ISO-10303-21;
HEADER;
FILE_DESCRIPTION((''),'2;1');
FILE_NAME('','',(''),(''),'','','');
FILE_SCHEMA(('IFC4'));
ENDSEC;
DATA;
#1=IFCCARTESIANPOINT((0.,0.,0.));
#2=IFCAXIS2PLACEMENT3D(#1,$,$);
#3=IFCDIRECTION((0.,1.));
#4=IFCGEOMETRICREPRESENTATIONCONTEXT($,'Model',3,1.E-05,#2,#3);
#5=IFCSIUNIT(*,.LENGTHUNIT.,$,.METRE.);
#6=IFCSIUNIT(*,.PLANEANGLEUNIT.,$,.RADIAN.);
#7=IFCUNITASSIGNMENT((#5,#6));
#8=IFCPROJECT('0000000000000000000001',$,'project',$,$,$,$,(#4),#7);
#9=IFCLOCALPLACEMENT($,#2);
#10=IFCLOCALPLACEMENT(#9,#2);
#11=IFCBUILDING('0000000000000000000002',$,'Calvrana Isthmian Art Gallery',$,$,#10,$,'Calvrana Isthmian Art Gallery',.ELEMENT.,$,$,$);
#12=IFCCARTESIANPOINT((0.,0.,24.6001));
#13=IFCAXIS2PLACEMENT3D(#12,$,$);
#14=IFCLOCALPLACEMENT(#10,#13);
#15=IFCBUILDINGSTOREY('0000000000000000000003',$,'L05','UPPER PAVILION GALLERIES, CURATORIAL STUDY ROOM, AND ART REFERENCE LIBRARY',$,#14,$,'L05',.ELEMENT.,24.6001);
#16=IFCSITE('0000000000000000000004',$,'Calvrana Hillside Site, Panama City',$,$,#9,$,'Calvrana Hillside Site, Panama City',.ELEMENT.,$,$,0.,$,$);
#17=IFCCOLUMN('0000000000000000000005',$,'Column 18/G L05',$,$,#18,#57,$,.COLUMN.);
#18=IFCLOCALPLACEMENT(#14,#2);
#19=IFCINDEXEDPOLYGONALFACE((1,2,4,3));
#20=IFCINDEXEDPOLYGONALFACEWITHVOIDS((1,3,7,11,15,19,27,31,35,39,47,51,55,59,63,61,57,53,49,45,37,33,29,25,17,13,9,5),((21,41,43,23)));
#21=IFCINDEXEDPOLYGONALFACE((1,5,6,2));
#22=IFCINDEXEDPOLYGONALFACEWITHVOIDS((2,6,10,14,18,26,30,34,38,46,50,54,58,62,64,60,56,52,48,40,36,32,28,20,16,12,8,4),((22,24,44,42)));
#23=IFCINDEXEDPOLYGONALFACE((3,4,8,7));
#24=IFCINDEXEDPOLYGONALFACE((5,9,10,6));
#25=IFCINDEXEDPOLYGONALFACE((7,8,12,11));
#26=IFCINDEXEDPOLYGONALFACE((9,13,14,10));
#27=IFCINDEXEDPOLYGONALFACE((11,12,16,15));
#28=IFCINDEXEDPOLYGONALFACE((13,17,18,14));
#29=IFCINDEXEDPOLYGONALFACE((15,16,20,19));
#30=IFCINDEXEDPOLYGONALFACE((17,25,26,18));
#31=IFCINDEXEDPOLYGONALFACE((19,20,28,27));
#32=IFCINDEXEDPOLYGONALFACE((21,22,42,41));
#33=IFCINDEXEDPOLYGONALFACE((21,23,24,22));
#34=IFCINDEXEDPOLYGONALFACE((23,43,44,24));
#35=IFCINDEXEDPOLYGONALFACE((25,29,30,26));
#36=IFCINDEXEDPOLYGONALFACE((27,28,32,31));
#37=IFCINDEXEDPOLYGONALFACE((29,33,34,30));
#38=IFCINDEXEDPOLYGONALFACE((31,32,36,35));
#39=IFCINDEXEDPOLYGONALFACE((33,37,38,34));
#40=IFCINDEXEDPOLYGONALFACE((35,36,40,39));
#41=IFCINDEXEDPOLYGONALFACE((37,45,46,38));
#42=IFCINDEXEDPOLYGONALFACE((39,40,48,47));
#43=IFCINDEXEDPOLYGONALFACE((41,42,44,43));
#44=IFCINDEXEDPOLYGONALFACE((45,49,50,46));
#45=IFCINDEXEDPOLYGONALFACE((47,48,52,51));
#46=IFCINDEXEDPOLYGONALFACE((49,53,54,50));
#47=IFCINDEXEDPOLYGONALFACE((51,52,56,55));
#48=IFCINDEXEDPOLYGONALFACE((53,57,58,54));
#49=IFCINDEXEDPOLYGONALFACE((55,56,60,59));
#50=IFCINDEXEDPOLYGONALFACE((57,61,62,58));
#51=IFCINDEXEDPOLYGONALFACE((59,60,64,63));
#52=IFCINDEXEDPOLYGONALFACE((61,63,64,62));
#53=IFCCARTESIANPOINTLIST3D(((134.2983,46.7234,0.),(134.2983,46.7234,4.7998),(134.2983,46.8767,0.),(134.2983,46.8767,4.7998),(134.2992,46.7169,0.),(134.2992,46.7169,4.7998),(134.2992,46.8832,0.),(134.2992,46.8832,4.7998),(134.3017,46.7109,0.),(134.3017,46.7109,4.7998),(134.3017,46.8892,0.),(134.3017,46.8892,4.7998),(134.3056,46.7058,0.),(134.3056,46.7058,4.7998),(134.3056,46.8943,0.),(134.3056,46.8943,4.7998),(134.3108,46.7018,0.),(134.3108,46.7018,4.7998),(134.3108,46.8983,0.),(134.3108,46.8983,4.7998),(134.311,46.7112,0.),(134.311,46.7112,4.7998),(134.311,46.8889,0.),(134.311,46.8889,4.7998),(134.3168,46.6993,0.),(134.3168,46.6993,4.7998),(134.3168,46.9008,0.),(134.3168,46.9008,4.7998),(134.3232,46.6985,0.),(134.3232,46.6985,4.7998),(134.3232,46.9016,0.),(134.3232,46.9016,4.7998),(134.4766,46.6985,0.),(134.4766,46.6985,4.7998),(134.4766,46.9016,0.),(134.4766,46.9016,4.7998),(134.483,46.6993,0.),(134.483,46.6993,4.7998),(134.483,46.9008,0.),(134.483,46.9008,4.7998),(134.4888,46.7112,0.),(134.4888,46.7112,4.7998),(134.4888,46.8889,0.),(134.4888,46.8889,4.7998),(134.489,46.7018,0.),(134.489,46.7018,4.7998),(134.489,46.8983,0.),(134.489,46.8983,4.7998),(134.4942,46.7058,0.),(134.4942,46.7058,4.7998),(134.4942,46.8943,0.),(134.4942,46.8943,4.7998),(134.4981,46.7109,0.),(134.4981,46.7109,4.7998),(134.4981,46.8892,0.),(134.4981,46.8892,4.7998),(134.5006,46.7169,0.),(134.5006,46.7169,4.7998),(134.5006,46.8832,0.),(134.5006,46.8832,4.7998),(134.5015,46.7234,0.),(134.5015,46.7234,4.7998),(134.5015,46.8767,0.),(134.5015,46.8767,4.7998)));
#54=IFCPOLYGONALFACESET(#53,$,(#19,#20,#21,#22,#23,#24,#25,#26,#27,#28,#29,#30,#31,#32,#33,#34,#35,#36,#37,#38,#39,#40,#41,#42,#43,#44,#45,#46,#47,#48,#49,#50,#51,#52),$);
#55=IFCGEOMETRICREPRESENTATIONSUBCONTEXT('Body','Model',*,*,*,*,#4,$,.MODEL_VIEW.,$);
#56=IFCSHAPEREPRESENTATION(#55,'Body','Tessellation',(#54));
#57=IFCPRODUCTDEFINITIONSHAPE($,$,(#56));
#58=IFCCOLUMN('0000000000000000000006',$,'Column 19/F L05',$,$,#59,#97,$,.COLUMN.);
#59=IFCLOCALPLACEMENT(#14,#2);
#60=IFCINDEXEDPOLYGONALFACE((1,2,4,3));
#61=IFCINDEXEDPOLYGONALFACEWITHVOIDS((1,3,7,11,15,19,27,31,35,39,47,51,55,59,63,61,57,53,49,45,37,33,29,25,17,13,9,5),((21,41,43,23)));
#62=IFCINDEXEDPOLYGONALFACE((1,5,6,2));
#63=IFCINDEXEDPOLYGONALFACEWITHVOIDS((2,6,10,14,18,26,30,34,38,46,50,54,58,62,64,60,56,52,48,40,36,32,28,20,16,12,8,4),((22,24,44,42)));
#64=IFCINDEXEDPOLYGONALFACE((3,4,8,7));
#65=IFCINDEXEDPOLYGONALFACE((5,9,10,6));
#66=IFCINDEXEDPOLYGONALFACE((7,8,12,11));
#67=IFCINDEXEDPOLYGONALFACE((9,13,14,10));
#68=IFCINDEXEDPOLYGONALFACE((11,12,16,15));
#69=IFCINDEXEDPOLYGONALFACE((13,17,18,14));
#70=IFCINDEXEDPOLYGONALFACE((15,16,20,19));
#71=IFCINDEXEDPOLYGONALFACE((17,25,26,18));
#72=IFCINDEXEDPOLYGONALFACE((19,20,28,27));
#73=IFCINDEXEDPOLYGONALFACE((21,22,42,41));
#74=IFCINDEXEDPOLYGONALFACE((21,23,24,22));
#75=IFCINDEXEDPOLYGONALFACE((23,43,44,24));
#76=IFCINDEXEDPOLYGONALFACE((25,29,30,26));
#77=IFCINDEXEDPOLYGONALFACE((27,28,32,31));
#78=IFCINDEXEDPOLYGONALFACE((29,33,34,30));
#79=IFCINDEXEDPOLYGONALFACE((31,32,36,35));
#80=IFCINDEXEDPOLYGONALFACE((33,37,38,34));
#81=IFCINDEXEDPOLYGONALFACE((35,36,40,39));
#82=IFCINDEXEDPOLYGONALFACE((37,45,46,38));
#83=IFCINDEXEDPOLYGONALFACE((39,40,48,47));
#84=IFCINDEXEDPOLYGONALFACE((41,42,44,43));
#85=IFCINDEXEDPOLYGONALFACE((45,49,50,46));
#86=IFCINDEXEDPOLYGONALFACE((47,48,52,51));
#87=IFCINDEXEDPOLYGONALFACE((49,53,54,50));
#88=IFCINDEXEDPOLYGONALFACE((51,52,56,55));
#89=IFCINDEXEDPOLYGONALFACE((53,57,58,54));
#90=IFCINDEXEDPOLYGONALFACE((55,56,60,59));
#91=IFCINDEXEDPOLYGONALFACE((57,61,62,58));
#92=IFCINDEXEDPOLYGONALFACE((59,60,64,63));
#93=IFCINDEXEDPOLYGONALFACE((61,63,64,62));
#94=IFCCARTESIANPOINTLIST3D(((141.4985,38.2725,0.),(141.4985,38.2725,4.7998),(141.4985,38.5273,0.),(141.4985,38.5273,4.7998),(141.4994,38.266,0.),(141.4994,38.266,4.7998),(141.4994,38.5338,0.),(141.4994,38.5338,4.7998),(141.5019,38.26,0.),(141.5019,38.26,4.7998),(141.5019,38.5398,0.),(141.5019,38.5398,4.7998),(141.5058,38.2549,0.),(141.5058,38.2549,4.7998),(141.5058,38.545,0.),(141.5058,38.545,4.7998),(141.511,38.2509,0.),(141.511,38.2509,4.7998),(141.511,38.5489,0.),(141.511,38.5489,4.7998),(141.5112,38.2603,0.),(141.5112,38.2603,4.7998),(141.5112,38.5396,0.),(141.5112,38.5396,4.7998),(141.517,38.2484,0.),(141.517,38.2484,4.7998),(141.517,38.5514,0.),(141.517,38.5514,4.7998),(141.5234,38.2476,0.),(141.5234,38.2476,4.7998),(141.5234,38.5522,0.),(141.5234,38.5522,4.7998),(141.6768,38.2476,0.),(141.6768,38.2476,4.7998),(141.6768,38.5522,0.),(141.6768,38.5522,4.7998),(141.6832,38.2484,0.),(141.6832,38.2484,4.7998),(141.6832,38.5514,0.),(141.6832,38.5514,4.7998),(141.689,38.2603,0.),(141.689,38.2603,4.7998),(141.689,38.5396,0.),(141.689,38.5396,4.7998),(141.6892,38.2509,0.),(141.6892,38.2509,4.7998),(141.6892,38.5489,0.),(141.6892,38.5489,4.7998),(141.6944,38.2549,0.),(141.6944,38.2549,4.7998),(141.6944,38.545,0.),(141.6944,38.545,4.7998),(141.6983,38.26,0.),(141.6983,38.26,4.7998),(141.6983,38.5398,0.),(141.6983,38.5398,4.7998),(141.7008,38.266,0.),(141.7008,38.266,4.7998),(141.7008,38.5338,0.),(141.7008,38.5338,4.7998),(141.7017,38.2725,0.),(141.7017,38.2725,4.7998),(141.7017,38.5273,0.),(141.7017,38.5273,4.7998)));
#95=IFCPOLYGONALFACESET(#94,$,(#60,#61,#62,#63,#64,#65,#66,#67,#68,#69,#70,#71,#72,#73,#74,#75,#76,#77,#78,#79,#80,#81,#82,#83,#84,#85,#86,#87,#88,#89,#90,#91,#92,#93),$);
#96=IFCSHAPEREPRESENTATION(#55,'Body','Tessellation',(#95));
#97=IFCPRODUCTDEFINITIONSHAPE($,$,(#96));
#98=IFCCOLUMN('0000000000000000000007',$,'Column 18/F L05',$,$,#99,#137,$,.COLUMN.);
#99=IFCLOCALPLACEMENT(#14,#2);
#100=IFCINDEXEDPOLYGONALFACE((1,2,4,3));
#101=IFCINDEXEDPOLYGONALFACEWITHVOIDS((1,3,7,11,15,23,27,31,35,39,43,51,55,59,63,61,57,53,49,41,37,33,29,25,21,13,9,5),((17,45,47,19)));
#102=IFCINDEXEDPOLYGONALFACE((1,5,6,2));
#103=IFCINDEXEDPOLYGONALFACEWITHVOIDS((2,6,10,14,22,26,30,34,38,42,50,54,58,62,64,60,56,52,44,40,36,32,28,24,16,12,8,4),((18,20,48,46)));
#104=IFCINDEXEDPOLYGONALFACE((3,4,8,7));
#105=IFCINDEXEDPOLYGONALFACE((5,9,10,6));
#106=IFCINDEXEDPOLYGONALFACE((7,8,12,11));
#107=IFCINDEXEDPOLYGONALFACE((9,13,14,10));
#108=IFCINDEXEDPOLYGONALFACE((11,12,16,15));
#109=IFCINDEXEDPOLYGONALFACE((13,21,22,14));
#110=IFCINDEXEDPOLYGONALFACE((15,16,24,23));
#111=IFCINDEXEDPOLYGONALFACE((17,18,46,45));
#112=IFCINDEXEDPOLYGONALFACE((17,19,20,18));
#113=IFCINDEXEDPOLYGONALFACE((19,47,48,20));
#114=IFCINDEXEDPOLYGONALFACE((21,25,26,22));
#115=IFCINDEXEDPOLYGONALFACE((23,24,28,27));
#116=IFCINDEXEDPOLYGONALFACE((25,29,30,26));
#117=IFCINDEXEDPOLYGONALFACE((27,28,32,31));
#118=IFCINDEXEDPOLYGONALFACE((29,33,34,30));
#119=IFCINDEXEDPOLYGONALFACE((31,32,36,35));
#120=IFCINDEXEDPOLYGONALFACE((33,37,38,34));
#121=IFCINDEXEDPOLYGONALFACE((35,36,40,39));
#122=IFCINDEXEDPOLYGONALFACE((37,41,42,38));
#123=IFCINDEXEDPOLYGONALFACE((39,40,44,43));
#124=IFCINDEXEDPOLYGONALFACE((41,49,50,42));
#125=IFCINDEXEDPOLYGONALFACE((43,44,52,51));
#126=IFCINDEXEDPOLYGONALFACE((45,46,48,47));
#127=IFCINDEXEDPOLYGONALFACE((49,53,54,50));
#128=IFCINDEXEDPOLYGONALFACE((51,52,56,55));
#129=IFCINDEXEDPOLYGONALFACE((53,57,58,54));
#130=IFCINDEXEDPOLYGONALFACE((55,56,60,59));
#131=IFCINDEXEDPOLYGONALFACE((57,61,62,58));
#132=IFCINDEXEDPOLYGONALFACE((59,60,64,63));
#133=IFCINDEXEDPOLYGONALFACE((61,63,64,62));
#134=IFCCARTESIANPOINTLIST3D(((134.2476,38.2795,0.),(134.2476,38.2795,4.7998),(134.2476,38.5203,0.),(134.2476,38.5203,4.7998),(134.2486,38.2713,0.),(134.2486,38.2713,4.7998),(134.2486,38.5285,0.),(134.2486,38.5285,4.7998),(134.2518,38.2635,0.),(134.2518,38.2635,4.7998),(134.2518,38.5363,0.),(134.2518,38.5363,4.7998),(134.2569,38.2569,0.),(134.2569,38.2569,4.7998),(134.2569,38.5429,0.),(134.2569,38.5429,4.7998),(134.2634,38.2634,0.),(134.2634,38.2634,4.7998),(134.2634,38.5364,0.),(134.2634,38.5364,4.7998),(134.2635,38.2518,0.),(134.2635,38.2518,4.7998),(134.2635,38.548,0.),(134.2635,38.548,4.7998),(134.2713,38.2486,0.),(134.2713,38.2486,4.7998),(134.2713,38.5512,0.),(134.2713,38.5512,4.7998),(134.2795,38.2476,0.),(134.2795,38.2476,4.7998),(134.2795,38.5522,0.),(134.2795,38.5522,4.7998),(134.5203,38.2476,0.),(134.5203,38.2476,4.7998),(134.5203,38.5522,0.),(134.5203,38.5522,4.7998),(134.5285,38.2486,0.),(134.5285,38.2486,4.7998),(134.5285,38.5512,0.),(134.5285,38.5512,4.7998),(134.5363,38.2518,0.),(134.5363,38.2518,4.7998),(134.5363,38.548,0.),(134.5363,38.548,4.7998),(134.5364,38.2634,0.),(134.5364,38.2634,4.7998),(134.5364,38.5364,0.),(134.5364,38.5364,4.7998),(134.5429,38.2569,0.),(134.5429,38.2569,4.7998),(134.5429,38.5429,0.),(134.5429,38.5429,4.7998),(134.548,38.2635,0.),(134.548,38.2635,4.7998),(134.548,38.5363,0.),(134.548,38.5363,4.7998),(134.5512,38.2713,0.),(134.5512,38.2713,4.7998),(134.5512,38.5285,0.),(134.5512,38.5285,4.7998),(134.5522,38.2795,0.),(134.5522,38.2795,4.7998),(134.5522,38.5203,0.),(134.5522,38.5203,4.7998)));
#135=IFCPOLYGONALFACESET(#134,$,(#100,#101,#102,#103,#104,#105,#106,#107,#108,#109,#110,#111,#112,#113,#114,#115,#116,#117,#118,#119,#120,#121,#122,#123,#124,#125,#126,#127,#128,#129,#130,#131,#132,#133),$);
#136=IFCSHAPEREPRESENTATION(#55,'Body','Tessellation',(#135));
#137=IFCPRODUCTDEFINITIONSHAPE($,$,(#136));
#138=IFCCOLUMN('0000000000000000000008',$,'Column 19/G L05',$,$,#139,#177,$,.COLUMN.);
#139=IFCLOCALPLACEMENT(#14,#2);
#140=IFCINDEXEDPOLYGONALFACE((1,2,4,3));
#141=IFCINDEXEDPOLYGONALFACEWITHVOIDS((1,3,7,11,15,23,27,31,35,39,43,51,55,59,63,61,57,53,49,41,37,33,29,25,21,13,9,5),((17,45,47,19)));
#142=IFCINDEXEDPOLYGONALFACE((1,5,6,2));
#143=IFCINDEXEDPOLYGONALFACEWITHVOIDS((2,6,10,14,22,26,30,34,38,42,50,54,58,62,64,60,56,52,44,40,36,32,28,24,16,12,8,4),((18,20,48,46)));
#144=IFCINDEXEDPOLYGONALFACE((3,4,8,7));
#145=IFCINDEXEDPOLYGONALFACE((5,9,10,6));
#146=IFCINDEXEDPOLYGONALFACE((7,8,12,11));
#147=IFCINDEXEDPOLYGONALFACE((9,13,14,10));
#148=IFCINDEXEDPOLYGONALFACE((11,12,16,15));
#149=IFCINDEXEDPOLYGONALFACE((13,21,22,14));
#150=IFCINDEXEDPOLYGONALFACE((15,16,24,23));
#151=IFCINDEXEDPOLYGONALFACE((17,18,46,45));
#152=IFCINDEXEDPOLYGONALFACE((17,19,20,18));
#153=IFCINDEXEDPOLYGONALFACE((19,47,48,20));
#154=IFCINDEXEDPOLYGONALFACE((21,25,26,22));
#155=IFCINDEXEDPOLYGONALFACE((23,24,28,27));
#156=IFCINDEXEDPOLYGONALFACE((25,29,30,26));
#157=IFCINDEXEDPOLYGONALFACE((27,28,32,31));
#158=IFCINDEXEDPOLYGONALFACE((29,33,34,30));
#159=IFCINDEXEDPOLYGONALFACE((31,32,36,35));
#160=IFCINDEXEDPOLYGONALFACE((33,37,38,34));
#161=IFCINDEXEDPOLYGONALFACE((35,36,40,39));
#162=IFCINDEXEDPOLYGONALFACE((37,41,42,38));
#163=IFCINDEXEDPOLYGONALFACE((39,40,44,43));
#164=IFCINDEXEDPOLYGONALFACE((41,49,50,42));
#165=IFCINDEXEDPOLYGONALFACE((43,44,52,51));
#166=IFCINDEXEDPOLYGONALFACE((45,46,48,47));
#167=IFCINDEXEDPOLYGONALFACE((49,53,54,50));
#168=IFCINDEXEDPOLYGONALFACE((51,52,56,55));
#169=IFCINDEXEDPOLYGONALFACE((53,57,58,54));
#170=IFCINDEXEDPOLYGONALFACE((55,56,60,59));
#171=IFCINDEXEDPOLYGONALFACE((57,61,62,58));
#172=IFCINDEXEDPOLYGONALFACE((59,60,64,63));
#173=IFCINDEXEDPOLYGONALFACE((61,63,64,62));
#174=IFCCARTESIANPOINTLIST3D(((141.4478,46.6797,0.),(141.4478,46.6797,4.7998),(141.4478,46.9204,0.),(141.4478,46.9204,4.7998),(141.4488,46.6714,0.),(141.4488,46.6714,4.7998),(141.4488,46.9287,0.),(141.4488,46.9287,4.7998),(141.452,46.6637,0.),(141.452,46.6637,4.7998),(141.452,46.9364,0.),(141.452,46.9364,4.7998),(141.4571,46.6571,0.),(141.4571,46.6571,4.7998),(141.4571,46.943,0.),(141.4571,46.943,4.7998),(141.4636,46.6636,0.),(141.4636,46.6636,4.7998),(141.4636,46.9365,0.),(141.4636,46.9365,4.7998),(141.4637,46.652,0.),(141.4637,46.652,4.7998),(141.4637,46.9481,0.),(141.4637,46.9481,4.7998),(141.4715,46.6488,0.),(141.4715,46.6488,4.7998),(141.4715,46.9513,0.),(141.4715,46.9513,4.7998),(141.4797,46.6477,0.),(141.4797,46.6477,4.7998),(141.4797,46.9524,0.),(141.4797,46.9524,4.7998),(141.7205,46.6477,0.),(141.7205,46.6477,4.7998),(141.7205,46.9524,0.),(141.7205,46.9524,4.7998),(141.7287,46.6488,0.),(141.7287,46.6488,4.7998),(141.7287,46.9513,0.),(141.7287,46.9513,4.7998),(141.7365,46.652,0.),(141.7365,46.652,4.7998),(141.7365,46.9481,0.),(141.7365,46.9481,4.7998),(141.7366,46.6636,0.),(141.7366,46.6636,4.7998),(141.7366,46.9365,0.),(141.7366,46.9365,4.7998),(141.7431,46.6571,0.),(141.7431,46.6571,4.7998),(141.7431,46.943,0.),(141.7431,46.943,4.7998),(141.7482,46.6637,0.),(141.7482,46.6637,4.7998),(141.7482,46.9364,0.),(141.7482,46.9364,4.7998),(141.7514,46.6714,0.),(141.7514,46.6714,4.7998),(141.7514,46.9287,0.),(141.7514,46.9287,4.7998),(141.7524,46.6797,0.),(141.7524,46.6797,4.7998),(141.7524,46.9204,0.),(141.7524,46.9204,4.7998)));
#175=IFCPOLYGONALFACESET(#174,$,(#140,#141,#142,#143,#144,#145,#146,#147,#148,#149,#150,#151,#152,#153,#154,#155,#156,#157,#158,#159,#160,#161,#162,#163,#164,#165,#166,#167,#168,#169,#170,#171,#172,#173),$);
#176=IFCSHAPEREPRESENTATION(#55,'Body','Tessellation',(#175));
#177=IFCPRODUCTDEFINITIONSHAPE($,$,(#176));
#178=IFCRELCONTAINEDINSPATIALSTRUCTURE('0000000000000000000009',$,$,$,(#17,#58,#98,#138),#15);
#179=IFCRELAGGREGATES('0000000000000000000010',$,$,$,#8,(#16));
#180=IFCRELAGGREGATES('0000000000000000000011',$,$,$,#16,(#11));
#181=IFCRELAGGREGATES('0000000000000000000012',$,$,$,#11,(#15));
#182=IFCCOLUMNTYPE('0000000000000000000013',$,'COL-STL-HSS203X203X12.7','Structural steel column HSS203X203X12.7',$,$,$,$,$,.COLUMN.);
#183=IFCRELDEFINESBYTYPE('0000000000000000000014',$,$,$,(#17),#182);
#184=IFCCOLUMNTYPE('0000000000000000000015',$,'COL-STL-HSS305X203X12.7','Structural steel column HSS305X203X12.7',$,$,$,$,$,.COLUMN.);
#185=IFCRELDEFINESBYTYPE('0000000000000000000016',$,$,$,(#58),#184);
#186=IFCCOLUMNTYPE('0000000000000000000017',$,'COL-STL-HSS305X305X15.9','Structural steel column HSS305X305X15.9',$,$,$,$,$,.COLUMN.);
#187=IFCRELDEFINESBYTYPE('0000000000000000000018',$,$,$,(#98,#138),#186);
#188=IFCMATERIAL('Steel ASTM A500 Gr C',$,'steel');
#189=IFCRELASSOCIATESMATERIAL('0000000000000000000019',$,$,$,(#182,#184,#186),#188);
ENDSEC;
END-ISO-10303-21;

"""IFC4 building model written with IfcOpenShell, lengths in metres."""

from ifc_helpers import new_model, si_unit, direction, frame, origin, origin_2d, place, context, subcontext, project, spatial, hollow_rectangle, extrude, material, material_profile, profile_set, type_object, element, save


model = new_model("IFC4")

# Units and contexts
model_context = context("Model", 3, precision=1e-05, world=origin(), true_north=direction((0.0, 1.0)))
body_context = subcontext(model_context, "Body", "Model", "MODEL_VIEW")
ifc_project = project(units=[si_unit("LENGTHUNIT", "METRE"), si_unit("PLANEANGLEUNIT", "RADIAN")], contexts=[model_context])

# Site, building, storey
site_placement = place(None, origin())
site = spatial("IfcSite", under=ifc_project, at=site_placement, Name="Calvrana Hillside Site, Panama City", LongName="Calvrana Hillside Site, Panama City", CompositionType="ELEMENT", RefElevation=0.0)
building_placement = place(site_placement, origin())
building = spatial("IfcBuilding", under=site, at=building_placement, Name="Calvrana Isthmian Art Gallery", LongName="Calvrana Isthmian Art Gallery", CompositionType="ELEMENT")
storey_placement = place(building_placement, frame((0.0, 0.0, 24.6001)))
storey = spatial("IfcBuildingStorey", under=building, at=storey_placement, Name="L05", Description="UPPER PAVILION GALLERIES, CURATORIAL STUDY ROOM, AND ART REFERENCE LIBRARY", LongName="L05", CompositionType="ELEMENT", Elevation=24.6001)

# Columns
ifc_material_1 = material(Name="Steel ASTM A500 Gr C", Category="steel")
ifc_material_profile_1 = material_profile(ifc_material_1, hollow_rectangle(XDim=0.2031, YDim=0.2031, WallThickness=0.0127, OuterFilletRadius=0.0249, at=origin_2d()), Name="HSS203X203X12.7")
ifc_profile_set_1 = profile_set([ifc_material_profile_1], Name="Steel ASTM A500 Gr C")
column_type_1 = type_object("IfcColumnType", Name="COL-STL-HSS203X203X12.7", Description="Structural steel column HSS203X203X12.7", PredefinedType="COLUMN", material=ifc_profile_set_1)
column_1_placement = place(storey_placement, frame((134.3999, 46.8, 0.0), z_axis=(0.0, 0.0, 1.0), x_axis=(1.0, 0.0, 0.0)))
element("IfcColumn", 1, at=column_1_placement, inside=storey, type_object=column_type_1, Name="Column 18/G L05", PredefinedType="COLUMN", context=body_context, shape_type="SweptSolid", body=[
    extrude(hollow_rectangle(XDim=0.2031, YDim=0.2031, WallThickness=0.0127, OuterFilletRadius=0.0249, at=origin_2d()), origin(), (0.0, 0.0, 1.0), 4.7998),
])
ifc_material_profile_2 = material_profile(ifc_material_1, hollow_rectangle(XDim=0.2031, YDim=0.3047, WallThickness=0.0127, OuterFilletRadius=0.0249, at=origin_2d()), Name="HSS305X203X12.7")
ifc_profile_set_2 = profile_set([ifc_material_profile_2], Name="Steel ASTM A500 Gr C")
column_type_2 = type_object("IfcColumnType", Name="COL-STL-HSS305X203X12.7", Description="Structural steel column HSS305X203X12.7", PredefinedType="COLUMN", material=ifc_profile_set_2)
column_2_placement = place(storey_placement, frame((141.6001, 38.3999, 0.0), z_axis=(0.0, 0.0, 1.0), x_axis=(1.0, 0.0, 0.0)))
element("IfcColumn", 2, at=column_2_placement, inside=storey, type_object=column_type_2, Name="Column 19/F L05", PredefinedType="COLUMN", context=body_context, shape_type="SweptSolid", body=[
    extrude(hollow_rectangle(XDim=0.2031, YDim=0.3047, WallThickness=0.0127, OuterFilletRadius=0.0249, at=origin_2d()), origin(), (0.0, 0.0, 1.0), 4.7998),
])
ifc_material_profile_3 = material_profile(ifc_material_1, hollow_rectangle(XDim=0.3047, YDim=0.3047, WallThickness=0.0159, OuterFilletRadius=0.032, at=origin_2d()), Name="HSS305X305X15.9")
ifc_profile_set_3 = profile_set([ifc_material_profile_3], Name="Steel ASTM A500 Gr C")
column_type_3 = type_object("IfcColumnType", Name="COL-STL-HSS305X305X15.9", Description="Structural steel column HSS305X305X15.9", PredefinedType="COLUMN", material=ifc_profile_set_3)
for number, where, z_axis, x_axis, name in (
    (3, (134.3999, 38.3999, 0.0), (0.0, 0.0, 1.0), (1.0, 0.0, 0.0), "Column 18/F L05"),
    (4, (141.6001, 46.8, 0.0), (0.0, 0.0, 1.0), (1.0, 0.0, 0.0), "Column 19/G L05"),
):
    element("IfcColumn", number, at=place(storey_placement, frame(where, z_axis=z_axis, x_axis=x_axis)), inside=storey, type_object=column_type_3, Name=name, PredefinedType="COLUMN", context=body_context, shape_type="SweptSolid", body=[
        extrude(hollow_rectangle(XDim=0.3047, YDim=0.3047, WallThickness=0.0159, OuterFilletRadius=0.032, at=origin_2d()), origin(), (0.0, 0.0, 1.0), 4.7998),
    ])

save(model, "model.ifc")
